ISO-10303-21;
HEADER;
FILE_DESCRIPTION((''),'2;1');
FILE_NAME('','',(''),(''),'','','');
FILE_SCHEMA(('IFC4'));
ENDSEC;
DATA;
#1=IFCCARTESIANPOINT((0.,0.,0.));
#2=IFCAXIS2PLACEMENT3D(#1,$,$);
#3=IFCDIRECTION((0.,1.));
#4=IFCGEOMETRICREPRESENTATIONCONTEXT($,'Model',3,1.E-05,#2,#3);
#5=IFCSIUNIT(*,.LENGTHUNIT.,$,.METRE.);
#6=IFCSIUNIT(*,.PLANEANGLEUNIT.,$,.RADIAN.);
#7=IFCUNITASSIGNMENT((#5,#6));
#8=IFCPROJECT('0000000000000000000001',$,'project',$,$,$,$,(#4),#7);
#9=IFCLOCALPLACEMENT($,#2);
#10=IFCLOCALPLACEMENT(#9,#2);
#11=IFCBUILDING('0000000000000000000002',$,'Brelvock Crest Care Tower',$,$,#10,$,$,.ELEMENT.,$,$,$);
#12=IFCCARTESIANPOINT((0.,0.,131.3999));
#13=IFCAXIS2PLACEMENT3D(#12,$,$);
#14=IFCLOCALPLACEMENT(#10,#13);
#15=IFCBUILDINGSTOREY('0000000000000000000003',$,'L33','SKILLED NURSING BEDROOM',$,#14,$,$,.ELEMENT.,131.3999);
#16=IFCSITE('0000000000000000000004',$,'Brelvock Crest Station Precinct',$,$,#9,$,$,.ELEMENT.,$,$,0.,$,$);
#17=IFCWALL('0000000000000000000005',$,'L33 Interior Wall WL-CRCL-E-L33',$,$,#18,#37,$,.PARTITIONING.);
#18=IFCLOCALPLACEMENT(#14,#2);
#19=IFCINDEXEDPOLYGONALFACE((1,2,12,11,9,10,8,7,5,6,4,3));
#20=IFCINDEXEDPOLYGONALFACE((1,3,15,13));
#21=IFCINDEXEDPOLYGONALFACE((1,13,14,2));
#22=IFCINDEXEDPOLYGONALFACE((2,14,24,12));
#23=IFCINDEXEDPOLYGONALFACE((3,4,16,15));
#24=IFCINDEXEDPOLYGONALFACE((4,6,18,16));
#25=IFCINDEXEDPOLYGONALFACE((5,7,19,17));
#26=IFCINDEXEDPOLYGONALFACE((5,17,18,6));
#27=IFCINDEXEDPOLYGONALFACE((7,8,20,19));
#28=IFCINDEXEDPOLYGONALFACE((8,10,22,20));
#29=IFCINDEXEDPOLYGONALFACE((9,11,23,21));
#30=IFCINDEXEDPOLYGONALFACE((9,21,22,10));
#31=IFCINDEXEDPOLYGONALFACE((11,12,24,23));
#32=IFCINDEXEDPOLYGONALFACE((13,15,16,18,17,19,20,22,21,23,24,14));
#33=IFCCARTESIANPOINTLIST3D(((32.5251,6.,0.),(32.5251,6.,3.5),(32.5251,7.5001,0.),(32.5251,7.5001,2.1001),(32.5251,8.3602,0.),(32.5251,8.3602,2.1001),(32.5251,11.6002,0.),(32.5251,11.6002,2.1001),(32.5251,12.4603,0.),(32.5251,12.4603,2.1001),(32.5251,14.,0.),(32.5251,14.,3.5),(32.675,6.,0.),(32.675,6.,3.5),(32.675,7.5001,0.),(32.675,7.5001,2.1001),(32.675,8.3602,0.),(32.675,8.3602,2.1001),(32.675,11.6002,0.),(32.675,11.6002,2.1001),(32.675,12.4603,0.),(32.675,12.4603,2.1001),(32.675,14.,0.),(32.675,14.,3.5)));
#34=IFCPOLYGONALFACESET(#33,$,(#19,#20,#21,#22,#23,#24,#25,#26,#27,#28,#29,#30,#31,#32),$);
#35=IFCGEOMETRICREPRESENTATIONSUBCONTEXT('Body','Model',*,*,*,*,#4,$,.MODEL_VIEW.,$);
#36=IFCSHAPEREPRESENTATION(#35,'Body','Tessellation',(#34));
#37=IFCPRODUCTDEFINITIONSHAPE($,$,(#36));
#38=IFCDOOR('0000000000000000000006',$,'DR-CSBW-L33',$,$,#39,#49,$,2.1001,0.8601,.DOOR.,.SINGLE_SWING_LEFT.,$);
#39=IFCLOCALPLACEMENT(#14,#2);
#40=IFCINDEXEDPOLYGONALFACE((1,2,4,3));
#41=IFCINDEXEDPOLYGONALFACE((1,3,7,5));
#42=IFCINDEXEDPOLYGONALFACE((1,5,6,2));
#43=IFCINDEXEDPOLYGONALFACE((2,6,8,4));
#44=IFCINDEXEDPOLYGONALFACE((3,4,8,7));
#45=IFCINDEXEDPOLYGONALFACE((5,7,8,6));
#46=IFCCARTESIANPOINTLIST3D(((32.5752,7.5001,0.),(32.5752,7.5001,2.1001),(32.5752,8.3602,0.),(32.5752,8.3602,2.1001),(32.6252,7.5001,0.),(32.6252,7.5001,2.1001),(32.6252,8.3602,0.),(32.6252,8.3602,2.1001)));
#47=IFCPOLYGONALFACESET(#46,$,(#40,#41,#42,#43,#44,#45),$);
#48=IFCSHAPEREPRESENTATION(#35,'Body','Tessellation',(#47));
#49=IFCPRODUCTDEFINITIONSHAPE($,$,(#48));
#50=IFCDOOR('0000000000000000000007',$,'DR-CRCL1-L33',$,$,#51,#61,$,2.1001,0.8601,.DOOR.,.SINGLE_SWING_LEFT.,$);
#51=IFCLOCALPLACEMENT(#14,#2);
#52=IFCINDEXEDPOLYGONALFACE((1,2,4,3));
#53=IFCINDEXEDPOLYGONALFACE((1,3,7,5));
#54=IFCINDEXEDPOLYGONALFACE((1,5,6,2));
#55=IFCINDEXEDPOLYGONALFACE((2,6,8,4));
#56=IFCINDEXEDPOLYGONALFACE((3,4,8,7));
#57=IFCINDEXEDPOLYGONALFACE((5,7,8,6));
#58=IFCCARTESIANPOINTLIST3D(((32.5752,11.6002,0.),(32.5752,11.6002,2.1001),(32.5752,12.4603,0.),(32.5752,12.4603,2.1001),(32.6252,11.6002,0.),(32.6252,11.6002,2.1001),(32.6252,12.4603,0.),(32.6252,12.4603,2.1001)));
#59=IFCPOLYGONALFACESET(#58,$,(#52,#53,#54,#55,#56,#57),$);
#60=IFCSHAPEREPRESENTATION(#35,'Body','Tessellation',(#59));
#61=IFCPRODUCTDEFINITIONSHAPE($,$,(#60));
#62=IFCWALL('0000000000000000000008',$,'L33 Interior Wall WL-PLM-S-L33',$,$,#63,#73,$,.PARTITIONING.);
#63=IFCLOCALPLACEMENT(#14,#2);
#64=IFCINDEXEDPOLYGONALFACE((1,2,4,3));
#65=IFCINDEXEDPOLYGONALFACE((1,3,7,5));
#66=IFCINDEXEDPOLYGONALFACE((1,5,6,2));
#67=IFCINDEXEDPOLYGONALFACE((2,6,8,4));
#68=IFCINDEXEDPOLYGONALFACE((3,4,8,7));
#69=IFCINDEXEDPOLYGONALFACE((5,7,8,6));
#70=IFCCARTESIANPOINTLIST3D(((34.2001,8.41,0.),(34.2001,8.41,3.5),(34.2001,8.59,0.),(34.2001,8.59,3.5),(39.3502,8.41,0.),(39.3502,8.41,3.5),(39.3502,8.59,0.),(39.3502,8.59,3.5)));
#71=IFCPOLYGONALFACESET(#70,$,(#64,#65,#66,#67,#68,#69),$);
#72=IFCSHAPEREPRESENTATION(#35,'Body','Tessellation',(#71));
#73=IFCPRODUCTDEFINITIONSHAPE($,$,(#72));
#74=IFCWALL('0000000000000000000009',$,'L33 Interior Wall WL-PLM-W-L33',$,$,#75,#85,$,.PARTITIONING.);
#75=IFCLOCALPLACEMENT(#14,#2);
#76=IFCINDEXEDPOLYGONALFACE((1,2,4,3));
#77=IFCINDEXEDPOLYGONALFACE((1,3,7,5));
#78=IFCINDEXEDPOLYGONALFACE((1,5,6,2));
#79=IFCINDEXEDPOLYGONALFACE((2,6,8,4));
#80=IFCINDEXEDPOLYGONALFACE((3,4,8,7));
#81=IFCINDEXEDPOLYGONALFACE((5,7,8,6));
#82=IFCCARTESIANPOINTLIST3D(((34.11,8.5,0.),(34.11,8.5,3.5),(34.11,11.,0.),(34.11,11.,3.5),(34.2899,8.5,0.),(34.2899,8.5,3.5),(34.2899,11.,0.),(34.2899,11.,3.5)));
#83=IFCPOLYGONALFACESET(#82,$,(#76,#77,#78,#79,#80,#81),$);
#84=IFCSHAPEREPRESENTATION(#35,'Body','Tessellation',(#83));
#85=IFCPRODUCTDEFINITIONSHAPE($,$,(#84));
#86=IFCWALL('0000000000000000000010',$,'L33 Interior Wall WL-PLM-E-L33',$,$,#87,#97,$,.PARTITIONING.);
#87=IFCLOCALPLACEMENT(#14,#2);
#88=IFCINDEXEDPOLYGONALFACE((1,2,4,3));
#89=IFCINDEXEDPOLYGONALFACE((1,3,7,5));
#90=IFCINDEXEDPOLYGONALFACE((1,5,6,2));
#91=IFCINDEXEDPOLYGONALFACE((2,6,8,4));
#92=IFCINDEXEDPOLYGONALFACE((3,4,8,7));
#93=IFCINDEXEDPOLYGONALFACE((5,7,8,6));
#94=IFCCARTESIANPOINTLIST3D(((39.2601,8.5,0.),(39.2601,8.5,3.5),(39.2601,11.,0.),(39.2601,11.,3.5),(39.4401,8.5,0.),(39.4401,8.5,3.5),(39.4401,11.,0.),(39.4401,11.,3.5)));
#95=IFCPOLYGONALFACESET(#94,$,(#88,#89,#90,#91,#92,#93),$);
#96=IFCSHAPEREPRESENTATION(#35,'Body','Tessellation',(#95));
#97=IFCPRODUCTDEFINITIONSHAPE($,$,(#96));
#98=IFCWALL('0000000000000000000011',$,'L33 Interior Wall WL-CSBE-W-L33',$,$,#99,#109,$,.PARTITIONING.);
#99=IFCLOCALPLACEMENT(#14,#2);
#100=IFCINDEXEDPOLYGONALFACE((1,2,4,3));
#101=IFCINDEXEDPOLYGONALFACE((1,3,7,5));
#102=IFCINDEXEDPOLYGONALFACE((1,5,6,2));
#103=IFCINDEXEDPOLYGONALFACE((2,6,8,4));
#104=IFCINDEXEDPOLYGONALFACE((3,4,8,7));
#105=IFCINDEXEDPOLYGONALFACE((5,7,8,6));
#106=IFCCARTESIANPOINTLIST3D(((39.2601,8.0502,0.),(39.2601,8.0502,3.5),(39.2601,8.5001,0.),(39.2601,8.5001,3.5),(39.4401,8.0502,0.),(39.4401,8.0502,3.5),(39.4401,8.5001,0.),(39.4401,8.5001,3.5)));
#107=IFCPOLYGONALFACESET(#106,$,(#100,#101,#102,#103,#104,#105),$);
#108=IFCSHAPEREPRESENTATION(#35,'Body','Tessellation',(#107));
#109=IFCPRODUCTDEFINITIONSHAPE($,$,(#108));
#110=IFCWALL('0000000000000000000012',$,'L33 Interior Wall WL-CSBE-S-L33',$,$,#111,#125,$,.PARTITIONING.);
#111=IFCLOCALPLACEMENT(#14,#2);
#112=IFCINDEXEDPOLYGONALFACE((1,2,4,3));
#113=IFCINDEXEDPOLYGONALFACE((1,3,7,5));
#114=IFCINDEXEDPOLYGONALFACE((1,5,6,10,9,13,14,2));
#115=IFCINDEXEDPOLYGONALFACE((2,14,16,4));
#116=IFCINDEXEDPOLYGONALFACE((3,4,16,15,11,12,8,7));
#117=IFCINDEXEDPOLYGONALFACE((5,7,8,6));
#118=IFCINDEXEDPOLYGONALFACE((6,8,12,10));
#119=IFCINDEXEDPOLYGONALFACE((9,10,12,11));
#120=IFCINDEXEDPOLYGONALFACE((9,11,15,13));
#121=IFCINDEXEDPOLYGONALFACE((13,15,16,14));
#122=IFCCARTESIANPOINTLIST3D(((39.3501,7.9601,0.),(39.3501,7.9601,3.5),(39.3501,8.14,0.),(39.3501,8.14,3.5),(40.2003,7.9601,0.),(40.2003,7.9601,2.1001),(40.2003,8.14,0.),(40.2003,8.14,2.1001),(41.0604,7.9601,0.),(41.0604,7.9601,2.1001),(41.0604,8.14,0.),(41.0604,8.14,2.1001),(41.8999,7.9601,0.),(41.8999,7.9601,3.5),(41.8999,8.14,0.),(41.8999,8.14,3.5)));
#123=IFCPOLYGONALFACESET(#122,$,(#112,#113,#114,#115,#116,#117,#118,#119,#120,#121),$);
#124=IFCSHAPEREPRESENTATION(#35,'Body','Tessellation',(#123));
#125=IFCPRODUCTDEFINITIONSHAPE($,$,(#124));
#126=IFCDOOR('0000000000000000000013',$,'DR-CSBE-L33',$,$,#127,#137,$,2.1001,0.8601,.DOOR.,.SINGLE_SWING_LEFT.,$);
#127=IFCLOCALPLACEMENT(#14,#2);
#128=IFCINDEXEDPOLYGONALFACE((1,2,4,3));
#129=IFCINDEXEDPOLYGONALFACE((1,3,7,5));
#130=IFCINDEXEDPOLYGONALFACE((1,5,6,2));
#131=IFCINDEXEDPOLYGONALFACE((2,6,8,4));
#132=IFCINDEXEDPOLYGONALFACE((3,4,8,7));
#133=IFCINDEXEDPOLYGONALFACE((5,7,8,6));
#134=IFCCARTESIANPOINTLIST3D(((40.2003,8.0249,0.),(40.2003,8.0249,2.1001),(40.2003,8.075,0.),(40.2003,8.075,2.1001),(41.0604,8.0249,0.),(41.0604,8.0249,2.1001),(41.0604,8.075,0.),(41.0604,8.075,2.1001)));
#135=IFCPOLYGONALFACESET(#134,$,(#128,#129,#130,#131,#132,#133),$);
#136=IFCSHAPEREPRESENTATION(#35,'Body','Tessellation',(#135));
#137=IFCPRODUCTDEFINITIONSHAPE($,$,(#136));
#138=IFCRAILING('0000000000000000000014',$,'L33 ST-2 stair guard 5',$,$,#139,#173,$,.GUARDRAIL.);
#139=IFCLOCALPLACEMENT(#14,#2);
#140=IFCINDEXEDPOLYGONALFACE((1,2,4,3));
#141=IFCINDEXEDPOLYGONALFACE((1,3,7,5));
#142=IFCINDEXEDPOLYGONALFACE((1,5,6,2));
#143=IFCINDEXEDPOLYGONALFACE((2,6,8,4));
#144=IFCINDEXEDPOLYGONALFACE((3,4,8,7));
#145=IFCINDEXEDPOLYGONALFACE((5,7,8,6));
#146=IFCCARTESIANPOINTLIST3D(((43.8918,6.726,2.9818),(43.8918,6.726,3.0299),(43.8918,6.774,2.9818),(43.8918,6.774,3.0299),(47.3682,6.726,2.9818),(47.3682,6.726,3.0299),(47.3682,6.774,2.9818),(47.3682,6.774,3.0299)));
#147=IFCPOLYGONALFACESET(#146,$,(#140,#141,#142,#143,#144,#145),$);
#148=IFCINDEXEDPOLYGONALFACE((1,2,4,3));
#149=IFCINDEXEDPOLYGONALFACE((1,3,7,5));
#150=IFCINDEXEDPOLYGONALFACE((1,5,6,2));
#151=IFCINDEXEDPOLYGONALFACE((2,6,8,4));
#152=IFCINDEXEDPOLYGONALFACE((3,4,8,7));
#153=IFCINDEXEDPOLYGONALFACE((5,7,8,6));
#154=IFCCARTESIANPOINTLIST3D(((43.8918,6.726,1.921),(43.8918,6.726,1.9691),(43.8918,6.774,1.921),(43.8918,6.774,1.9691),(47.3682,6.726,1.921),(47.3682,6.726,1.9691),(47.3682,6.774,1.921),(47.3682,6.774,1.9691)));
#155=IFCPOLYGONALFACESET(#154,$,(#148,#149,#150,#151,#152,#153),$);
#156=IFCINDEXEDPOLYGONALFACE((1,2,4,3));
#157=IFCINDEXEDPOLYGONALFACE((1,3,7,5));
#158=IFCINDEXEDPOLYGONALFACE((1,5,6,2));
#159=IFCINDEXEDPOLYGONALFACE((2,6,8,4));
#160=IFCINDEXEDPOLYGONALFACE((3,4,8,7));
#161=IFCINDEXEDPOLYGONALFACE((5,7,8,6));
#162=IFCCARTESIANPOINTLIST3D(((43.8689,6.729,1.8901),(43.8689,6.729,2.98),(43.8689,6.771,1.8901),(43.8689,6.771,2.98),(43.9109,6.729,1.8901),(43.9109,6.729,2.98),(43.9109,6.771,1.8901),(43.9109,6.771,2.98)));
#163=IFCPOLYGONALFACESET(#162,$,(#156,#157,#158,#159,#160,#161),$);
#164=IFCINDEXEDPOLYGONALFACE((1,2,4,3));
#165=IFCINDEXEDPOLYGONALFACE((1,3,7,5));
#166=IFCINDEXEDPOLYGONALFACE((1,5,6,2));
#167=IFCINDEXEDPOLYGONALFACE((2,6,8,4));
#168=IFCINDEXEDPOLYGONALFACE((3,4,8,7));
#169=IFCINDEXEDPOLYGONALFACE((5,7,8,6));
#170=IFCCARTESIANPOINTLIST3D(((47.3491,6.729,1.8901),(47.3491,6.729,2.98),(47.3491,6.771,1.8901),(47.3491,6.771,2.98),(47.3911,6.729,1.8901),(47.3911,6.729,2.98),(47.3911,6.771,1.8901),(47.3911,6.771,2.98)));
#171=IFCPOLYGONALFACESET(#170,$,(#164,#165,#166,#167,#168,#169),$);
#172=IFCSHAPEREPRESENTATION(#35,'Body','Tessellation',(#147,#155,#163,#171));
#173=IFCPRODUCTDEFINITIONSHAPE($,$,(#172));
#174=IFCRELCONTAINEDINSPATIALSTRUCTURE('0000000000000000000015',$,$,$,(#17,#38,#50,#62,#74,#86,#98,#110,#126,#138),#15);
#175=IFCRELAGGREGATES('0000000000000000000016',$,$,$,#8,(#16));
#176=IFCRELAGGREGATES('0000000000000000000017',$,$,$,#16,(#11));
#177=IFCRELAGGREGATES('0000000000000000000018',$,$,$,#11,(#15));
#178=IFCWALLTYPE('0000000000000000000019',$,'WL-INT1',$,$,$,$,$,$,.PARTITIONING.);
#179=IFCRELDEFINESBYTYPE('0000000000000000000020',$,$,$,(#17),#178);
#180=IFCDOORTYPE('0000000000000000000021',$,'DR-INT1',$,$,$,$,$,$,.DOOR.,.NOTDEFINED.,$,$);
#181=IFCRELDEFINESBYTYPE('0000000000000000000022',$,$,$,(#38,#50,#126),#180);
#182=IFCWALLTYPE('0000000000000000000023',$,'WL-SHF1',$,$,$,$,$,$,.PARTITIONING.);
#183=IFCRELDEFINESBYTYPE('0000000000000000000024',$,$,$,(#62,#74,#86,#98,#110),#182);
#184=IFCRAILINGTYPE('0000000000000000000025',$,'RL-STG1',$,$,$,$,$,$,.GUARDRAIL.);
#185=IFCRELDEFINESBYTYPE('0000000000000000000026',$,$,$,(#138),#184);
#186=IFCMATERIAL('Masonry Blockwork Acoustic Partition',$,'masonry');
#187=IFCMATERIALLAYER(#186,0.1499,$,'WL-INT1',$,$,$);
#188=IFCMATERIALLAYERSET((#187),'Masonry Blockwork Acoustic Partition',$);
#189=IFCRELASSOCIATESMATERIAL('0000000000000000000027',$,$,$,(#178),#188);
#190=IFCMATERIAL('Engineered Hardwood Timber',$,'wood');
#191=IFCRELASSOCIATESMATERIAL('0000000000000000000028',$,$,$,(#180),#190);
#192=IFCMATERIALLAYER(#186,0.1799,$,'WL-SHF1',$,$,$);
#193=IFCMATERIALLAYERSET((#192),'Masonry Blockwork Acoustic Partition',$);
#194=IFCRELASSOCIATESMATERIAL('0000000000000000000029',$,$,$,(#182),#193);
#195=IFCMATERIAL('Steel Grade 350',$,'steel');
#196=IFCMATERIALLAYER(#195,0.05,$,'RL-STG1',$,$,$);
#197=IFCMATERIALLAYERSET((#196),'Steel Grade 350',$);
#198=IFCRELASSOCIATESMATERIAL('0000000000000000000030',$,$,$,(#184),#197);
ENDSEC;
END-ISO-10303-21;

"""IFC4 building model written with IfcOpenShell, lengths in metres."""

from ifc_helpers import new_model, si_unit, direction, frame, frame_2d, origin, origin_2d, place, context, subcontext, project, spatial, rectangle, extrude, source, transform, mapped, material, layer, layer_set, type_object, element, fill, save


model = new_model("IFC4")

# Units and contexts
model_context = context("Model", 3, precision=1e-05, world=origin(), true_north=direction((0.0, 1.0)))
body_context = subcontext(model_context, "Body", "Model", "MODEL_VIEW")
ifc_project = project(units=[si_unit("LENGTHUNIT", "METRE"), si_unit("PLANEANGLEUNIT", "RADIAN")], contexts=[model_context])

# Site, building, storey
site_placement = place(None, origin())
site = spatial("IfcSite", under=ifc_project, at=site_placement, Name="Brelvock Crest Station Precinct", CompositionType="ELEMENT", RefElevation=0.0)
building_placement = place(site_placement, origin())
building = spatial("IfcBuilding", under=site, at=building_placement, Name="Brelvock Crest Care Tower", CompositionType="ELEMENT")
storey_placement = place(building_placement, frame((0.0, 0.0, 131.3999)))
storey = spatial("IfcBuildingStorey", under=building, at=storey_placement, Name="L33", Description="SKILLED NURSING BEDROOM", CompositionType="ELEMENT", Elevation=131.3999)

# Shared definitions
ifc_material_1 = material(Name="Steel Grade 350", Category="steel")

# Wall, openings, doors
ifc_material_2 = material(Name="Masonry Blockwork Acoustic Partition", Category="masonry")
ifc_layer_1 = layer(ifc_material_2, 0.1499, Name="WL-INT1")
ifc_layer_set_1 = layer_set([ifc_layer_1], Name="Masonry Blockwork Acoustic Partition")
wall_type_1 = type_object("IfcWallType", Name="WL-INT1", PredefinedType="PARTITIONING", material=ifc_layer_set_1)
wall_1_placement = place(storey_placement, frame((32.6001, 6.0, 0.0), z_axis=(0.0, 0.0, 1.0), x_axis=(0.0, 1.0, 0.0)))
wall_1 = element("IfcWall", 1, at=wall_1_placement, inside=storey, type_object=wall_type_1, Name="L33 Interior Wall WL-CRCL-E-L33", PredefinedType="PARTITIONING", context=body_context, shape_type="SweptSolid", body=[
    extrude(rectangle(XDim=8.0, YDim=0.1499, at=frame_2d((4.0, 0.0))), origin(), (0.0, 0.0, 1.0), 3.5),
])
opening_1_placement = place(wall_1_placement, frame((1.5, 0.0, 0.0)))
opening_1 = element("IfcOpeningElement", 2, at=opening_1_placement, cuts=wall_1, PredefinedType="OPENING", context=body_context, shape_type="SweptSolid", body=[
    extrude(rectangle(XDim=0.8601, YDim=2.1001, at=origin_2d()), frame((0.4302, 0.085, 1.05), z_axis=(0.0, -1.0, 0.0), x_axis=(1.0, 0.0, 0.0)), (0.0, 0.0, 1.0), 0.1699),
])
opening_2_placement = place(wall_1_placement, frame((5.6001, 0.0, 0.0)))
opening_2 = element("IfcOpeningElement", 3, at=opening_2_placement, cuts=wall_1, PredefinedType="OPENING", context=body_context, shape_type="SweptSolid", body=[
    extrude(rectangle(XDim=0.8601, YDim=2.1001, at=origin_2d()), frame((0.4302, 0.085, 1.05), z_axis=(0.0, -1.0, 0.0), x_axis=(1.0, 0.0, 0.0)), (0.0, 0.0, 1.0), 0.1699),
])
ifc_material_3 = material(Name="Engineered Hardwood Timber", Category="wood")
door_type = type_object("IfcDoorType", Name="DR-INT1", OperationType="NOTDEFINED", PredefinedType="DOOR", material=ifc_material_3)
shared_shape_1 = source(origin(), body_context, "Body", "SweptSolid", [
    extrude(rectangle(XDim=0.8601, YDim=2.1001, at=origin_2d()), frame((0.4302, 0.0249, 1.05), z_axis=(0.0, -1.0, 0.0), x_axis=(1.0, 0.0, 0.0)), (0.0, 0.0, 1.0), 0.05),
])
door_1_placement = place(opening_1_placement, origin())
door_1 = element("IfcDoor", 4, at=door_1_placement, inside=storey, type_object=door_type, Name="DR-CSBW-L33", OperationType="SINGLE_SWING_LEFT", OverallHeight=2.1001, OverallWidth=0.8601, PredefinedType="DOOR", context=body_context, shape_type="MappedRepresentation", body=[
    mapped(shared_shape_1, transform((0.0, 0.0, 0.0), x_axis=(1.0, 0.0, 0.0), y_axis=(0.0, 1.0, 0.0), z_axis=(0.0, 0.0, 1.0), scale=1.0)),
])
fill(opening_1, door_1)
door_2_placement = place(opening_2_placement, origin())
door_2 = element("IfcDoor", 5, at=door_2_placement, inside=storey, type_object=door_type, Name="DR-CRCL1-L33", OperationType="SINGLE_SWING_LEFT", OverallHeight=2.1001, OverallWidth=0.8601, PredefinedType="DOOR", context=body_context, shape_type="MappedRepresentation", body=[
    mapped(shared_shape_1, transform((0.0, 0.0, 0.0), x_axis=(1.0, 0.0, 0.0), y_axis=(0.0, 1.0, 0.0), z_axis=(0.0, 0.0, 1.0), scale=1.0)),
])
fill(opening_2, door_2)

# Walls
ifc_layer_2 = layer(ifc_material_2, 0.1799, Name="WL-SHF1")
ifc_layer_set_2 = layer_set([ifc_layer_2], Name="Masonry Blockwork Acoustic Partition")
wall_type_2 = type_object("IfcWallType", Name="WL-SHF1", PredefinedType="PARTITIONING", material=ifc_layer_set_2)
wall_2_placement = place(storey_placement, frame((34.2, 8.5, 0.0), z_axis=(0.0, 0.0, 1.0), x_axis=(1.0, 0.0, 0.0)))
element("IfcWall", 6, at=wall_2_placement, inside=storey, type_object=wall_type_2, Name="L33 Interior Wall WL-PLM-S-L33", PredefinedType="PARTITIONING", context=body_context, shape_type="SweptSolid", body=[
    extrude(rectangle(XDim=5.1501, YDim=0.1799, at=frame_2d((2.5752, 0.0))), origin(), (0.0, 0.0, 1.0), 3.5),
])
for number, where, z_axis, x_axis, name in (
    (7, (34.2, 8.5, 0.0), (0.0, 0.0, 1.0), (0.0, 1.0, 0.0), "L33 Interior Wall WL-PLM-W-L33"),
    (8, (39.3501, 8.5, 0.0), (0.0, 0.0, 1.0), (0.0, 1.0, 0.0), "L33 Interior Wall WL-PLM-E-L33"),
):
    element("IfcWall", number, at=place(storey_placement, frame(where, z_axis=z_axis, x_axis=x_axis)), inside=storey, type_object=wall_type_2, Name=name, PredefinedType="PARTITIONING", context=body_context, shape_type="SweptSolid", body=[
        extrude(rectangle(XDim=2.5, YDim=0.1799, at=frame_2d((1.25, 0.0))), origin(), (0.0, 0.0, 1.0), 3.5),
    ])
wall_3_placement = place(storey_placement, frame((39.3501, 8.05, 0.0), z_axis=(0.0, 0.0, 1.0), x_axis=(0.0, 1.0, 0.0)))
element("IfcWall", 9, at=wall_3_placement, inside=storey, type_object=wall_type_2, Name="L33 Interior Wall WL-CSBE-W-L33", PredefinedType="PARTITIONING", context=body_context, shape_type="SweptSolid", body=[
    extrude(rectangle(XDim=0.45, YDim=0.1799, at=frame_2d((0.2251, 0.0))), origin(), (0.0, 0.0, 1.0), 3.5),
])

# Wall, opening, door
wall_4_placement = place(storey_placement, frame((39.3501, 8.05, 0.0), z_axis=(0.0, 0.0, 1.0), x_axis=(1.0, 0.0, 0.0)))
wall_4 = element("IfcWall", 10, at=wall_4_placement, inside=storey, type_object=wall_type_2, Name="L33 Interior Wall WL-CSBE-S-L33", PredefinedType="PARTITIONING", context=body_context, shape_type="SweptSolid", body=[
    extrude(rectangle(XDim=2.5498, YDim=0.1799, at=frame_2d((1.2749, 0.0))), origin(), (0.0, 0.0, 1.0), 3.5),
])
opening_3_placement = place(wall_4_placement, frame((0.8501, 0.0, 0.0)))
opening_3 = element("IfcOpeningElement", 11, at=opening_3_placement, cuts=wall_4, PredefinedType="OPENING", context=body_context, shape_type="SweptSolid", body=[
    extrude(rectangle(XDim=0.8601, YDim=2.1001, at=origin_2d()), frame((0.4302, 0.1001, 1.05), z_axis=(0.0, -1.0, 0.0), x_axis=(1.0, 0.0, 0.0)), (0.0, 0.0, 1.0), 0.2),
])
door_3_placement = place(opening_3_placement, origin())
door_3 = element("IfcDoor", 12, at=door_3_placement, inside=storey, type_object=door_type, Name="DR-CSBE-L33", OperationType="SINGLE_SWING_LEFT", OverallHeight=2.1001, OverallWidth=0.8601, PredefinedType="DOOR", context=body_context, shape_type="MappedRepresentation", body=[
    mapped(shared_shape_1, transform((0.0, 0.0, 0.0), x_axis=(1.0, 0.0, 0.0), y_axis=(0.0, 1.0, 0.0), z_axis=(0.0, 0.0, 1.0), scale=1.0)),
])
fill(opening_3, door_3)

# Railing
ifc_layer_3 = layer(ifc_material_1, 0.05, Name="RL-STG1")
ifc_layer_set_3 = layer_set([ifc_layer_3], Name="Steel Grade 350")
railing_type = type_object("IfcRailingType", Name="RL-STG1", PredefinedType="GUARDRAIL", material=ifc_layer_set_3)
railing_1_placement = place(storey_placement, frame((43.8899, 6.75, 1.8901)))
element("IfcRailing", 13, at=railing_1_placement, inside=storey, type_object=railing_type, Name="L33 ST-2 stair guard 5", PredefinedType="GUARDRAIL", context=body_context, shape_type="SweptSolid", body=[
    extrude(rectangle(XDim=0.0481, YDim=0.0481, at=origin_2d()), frame((0.002, 0.0, 1.1157), z_axis=(1.0, 0.0, 0.0), x_axis=(0.0, 1.0, 0.0)), (0.0, 0.0, 1.0), 3.4763),
    extrude(rectangle(XDim=0.0481, YDim=0.0481, at=origin_2d()), frame((0.002, 0.0, 0.0549), z_axis=(1.0, 0.0, 0.0), x_axis=(0.0, 1.0, 0.0)), (0.0, 0.0, 1.0), 3.4763),
    extrude(rectangle(XDim=0.042, YDim=0.042, at=origin_2d()), origin(), (0.0, 0.0, 1.0), 1.0898),
    extrude(rectangle(XDim=0.042, YDim=0.042, at=origin_2d()), frame((3.4802, 0.0, 0.0)), (0.0, 0.0, 1.0), 1.0898),
])

save(model, "model.ifc")
